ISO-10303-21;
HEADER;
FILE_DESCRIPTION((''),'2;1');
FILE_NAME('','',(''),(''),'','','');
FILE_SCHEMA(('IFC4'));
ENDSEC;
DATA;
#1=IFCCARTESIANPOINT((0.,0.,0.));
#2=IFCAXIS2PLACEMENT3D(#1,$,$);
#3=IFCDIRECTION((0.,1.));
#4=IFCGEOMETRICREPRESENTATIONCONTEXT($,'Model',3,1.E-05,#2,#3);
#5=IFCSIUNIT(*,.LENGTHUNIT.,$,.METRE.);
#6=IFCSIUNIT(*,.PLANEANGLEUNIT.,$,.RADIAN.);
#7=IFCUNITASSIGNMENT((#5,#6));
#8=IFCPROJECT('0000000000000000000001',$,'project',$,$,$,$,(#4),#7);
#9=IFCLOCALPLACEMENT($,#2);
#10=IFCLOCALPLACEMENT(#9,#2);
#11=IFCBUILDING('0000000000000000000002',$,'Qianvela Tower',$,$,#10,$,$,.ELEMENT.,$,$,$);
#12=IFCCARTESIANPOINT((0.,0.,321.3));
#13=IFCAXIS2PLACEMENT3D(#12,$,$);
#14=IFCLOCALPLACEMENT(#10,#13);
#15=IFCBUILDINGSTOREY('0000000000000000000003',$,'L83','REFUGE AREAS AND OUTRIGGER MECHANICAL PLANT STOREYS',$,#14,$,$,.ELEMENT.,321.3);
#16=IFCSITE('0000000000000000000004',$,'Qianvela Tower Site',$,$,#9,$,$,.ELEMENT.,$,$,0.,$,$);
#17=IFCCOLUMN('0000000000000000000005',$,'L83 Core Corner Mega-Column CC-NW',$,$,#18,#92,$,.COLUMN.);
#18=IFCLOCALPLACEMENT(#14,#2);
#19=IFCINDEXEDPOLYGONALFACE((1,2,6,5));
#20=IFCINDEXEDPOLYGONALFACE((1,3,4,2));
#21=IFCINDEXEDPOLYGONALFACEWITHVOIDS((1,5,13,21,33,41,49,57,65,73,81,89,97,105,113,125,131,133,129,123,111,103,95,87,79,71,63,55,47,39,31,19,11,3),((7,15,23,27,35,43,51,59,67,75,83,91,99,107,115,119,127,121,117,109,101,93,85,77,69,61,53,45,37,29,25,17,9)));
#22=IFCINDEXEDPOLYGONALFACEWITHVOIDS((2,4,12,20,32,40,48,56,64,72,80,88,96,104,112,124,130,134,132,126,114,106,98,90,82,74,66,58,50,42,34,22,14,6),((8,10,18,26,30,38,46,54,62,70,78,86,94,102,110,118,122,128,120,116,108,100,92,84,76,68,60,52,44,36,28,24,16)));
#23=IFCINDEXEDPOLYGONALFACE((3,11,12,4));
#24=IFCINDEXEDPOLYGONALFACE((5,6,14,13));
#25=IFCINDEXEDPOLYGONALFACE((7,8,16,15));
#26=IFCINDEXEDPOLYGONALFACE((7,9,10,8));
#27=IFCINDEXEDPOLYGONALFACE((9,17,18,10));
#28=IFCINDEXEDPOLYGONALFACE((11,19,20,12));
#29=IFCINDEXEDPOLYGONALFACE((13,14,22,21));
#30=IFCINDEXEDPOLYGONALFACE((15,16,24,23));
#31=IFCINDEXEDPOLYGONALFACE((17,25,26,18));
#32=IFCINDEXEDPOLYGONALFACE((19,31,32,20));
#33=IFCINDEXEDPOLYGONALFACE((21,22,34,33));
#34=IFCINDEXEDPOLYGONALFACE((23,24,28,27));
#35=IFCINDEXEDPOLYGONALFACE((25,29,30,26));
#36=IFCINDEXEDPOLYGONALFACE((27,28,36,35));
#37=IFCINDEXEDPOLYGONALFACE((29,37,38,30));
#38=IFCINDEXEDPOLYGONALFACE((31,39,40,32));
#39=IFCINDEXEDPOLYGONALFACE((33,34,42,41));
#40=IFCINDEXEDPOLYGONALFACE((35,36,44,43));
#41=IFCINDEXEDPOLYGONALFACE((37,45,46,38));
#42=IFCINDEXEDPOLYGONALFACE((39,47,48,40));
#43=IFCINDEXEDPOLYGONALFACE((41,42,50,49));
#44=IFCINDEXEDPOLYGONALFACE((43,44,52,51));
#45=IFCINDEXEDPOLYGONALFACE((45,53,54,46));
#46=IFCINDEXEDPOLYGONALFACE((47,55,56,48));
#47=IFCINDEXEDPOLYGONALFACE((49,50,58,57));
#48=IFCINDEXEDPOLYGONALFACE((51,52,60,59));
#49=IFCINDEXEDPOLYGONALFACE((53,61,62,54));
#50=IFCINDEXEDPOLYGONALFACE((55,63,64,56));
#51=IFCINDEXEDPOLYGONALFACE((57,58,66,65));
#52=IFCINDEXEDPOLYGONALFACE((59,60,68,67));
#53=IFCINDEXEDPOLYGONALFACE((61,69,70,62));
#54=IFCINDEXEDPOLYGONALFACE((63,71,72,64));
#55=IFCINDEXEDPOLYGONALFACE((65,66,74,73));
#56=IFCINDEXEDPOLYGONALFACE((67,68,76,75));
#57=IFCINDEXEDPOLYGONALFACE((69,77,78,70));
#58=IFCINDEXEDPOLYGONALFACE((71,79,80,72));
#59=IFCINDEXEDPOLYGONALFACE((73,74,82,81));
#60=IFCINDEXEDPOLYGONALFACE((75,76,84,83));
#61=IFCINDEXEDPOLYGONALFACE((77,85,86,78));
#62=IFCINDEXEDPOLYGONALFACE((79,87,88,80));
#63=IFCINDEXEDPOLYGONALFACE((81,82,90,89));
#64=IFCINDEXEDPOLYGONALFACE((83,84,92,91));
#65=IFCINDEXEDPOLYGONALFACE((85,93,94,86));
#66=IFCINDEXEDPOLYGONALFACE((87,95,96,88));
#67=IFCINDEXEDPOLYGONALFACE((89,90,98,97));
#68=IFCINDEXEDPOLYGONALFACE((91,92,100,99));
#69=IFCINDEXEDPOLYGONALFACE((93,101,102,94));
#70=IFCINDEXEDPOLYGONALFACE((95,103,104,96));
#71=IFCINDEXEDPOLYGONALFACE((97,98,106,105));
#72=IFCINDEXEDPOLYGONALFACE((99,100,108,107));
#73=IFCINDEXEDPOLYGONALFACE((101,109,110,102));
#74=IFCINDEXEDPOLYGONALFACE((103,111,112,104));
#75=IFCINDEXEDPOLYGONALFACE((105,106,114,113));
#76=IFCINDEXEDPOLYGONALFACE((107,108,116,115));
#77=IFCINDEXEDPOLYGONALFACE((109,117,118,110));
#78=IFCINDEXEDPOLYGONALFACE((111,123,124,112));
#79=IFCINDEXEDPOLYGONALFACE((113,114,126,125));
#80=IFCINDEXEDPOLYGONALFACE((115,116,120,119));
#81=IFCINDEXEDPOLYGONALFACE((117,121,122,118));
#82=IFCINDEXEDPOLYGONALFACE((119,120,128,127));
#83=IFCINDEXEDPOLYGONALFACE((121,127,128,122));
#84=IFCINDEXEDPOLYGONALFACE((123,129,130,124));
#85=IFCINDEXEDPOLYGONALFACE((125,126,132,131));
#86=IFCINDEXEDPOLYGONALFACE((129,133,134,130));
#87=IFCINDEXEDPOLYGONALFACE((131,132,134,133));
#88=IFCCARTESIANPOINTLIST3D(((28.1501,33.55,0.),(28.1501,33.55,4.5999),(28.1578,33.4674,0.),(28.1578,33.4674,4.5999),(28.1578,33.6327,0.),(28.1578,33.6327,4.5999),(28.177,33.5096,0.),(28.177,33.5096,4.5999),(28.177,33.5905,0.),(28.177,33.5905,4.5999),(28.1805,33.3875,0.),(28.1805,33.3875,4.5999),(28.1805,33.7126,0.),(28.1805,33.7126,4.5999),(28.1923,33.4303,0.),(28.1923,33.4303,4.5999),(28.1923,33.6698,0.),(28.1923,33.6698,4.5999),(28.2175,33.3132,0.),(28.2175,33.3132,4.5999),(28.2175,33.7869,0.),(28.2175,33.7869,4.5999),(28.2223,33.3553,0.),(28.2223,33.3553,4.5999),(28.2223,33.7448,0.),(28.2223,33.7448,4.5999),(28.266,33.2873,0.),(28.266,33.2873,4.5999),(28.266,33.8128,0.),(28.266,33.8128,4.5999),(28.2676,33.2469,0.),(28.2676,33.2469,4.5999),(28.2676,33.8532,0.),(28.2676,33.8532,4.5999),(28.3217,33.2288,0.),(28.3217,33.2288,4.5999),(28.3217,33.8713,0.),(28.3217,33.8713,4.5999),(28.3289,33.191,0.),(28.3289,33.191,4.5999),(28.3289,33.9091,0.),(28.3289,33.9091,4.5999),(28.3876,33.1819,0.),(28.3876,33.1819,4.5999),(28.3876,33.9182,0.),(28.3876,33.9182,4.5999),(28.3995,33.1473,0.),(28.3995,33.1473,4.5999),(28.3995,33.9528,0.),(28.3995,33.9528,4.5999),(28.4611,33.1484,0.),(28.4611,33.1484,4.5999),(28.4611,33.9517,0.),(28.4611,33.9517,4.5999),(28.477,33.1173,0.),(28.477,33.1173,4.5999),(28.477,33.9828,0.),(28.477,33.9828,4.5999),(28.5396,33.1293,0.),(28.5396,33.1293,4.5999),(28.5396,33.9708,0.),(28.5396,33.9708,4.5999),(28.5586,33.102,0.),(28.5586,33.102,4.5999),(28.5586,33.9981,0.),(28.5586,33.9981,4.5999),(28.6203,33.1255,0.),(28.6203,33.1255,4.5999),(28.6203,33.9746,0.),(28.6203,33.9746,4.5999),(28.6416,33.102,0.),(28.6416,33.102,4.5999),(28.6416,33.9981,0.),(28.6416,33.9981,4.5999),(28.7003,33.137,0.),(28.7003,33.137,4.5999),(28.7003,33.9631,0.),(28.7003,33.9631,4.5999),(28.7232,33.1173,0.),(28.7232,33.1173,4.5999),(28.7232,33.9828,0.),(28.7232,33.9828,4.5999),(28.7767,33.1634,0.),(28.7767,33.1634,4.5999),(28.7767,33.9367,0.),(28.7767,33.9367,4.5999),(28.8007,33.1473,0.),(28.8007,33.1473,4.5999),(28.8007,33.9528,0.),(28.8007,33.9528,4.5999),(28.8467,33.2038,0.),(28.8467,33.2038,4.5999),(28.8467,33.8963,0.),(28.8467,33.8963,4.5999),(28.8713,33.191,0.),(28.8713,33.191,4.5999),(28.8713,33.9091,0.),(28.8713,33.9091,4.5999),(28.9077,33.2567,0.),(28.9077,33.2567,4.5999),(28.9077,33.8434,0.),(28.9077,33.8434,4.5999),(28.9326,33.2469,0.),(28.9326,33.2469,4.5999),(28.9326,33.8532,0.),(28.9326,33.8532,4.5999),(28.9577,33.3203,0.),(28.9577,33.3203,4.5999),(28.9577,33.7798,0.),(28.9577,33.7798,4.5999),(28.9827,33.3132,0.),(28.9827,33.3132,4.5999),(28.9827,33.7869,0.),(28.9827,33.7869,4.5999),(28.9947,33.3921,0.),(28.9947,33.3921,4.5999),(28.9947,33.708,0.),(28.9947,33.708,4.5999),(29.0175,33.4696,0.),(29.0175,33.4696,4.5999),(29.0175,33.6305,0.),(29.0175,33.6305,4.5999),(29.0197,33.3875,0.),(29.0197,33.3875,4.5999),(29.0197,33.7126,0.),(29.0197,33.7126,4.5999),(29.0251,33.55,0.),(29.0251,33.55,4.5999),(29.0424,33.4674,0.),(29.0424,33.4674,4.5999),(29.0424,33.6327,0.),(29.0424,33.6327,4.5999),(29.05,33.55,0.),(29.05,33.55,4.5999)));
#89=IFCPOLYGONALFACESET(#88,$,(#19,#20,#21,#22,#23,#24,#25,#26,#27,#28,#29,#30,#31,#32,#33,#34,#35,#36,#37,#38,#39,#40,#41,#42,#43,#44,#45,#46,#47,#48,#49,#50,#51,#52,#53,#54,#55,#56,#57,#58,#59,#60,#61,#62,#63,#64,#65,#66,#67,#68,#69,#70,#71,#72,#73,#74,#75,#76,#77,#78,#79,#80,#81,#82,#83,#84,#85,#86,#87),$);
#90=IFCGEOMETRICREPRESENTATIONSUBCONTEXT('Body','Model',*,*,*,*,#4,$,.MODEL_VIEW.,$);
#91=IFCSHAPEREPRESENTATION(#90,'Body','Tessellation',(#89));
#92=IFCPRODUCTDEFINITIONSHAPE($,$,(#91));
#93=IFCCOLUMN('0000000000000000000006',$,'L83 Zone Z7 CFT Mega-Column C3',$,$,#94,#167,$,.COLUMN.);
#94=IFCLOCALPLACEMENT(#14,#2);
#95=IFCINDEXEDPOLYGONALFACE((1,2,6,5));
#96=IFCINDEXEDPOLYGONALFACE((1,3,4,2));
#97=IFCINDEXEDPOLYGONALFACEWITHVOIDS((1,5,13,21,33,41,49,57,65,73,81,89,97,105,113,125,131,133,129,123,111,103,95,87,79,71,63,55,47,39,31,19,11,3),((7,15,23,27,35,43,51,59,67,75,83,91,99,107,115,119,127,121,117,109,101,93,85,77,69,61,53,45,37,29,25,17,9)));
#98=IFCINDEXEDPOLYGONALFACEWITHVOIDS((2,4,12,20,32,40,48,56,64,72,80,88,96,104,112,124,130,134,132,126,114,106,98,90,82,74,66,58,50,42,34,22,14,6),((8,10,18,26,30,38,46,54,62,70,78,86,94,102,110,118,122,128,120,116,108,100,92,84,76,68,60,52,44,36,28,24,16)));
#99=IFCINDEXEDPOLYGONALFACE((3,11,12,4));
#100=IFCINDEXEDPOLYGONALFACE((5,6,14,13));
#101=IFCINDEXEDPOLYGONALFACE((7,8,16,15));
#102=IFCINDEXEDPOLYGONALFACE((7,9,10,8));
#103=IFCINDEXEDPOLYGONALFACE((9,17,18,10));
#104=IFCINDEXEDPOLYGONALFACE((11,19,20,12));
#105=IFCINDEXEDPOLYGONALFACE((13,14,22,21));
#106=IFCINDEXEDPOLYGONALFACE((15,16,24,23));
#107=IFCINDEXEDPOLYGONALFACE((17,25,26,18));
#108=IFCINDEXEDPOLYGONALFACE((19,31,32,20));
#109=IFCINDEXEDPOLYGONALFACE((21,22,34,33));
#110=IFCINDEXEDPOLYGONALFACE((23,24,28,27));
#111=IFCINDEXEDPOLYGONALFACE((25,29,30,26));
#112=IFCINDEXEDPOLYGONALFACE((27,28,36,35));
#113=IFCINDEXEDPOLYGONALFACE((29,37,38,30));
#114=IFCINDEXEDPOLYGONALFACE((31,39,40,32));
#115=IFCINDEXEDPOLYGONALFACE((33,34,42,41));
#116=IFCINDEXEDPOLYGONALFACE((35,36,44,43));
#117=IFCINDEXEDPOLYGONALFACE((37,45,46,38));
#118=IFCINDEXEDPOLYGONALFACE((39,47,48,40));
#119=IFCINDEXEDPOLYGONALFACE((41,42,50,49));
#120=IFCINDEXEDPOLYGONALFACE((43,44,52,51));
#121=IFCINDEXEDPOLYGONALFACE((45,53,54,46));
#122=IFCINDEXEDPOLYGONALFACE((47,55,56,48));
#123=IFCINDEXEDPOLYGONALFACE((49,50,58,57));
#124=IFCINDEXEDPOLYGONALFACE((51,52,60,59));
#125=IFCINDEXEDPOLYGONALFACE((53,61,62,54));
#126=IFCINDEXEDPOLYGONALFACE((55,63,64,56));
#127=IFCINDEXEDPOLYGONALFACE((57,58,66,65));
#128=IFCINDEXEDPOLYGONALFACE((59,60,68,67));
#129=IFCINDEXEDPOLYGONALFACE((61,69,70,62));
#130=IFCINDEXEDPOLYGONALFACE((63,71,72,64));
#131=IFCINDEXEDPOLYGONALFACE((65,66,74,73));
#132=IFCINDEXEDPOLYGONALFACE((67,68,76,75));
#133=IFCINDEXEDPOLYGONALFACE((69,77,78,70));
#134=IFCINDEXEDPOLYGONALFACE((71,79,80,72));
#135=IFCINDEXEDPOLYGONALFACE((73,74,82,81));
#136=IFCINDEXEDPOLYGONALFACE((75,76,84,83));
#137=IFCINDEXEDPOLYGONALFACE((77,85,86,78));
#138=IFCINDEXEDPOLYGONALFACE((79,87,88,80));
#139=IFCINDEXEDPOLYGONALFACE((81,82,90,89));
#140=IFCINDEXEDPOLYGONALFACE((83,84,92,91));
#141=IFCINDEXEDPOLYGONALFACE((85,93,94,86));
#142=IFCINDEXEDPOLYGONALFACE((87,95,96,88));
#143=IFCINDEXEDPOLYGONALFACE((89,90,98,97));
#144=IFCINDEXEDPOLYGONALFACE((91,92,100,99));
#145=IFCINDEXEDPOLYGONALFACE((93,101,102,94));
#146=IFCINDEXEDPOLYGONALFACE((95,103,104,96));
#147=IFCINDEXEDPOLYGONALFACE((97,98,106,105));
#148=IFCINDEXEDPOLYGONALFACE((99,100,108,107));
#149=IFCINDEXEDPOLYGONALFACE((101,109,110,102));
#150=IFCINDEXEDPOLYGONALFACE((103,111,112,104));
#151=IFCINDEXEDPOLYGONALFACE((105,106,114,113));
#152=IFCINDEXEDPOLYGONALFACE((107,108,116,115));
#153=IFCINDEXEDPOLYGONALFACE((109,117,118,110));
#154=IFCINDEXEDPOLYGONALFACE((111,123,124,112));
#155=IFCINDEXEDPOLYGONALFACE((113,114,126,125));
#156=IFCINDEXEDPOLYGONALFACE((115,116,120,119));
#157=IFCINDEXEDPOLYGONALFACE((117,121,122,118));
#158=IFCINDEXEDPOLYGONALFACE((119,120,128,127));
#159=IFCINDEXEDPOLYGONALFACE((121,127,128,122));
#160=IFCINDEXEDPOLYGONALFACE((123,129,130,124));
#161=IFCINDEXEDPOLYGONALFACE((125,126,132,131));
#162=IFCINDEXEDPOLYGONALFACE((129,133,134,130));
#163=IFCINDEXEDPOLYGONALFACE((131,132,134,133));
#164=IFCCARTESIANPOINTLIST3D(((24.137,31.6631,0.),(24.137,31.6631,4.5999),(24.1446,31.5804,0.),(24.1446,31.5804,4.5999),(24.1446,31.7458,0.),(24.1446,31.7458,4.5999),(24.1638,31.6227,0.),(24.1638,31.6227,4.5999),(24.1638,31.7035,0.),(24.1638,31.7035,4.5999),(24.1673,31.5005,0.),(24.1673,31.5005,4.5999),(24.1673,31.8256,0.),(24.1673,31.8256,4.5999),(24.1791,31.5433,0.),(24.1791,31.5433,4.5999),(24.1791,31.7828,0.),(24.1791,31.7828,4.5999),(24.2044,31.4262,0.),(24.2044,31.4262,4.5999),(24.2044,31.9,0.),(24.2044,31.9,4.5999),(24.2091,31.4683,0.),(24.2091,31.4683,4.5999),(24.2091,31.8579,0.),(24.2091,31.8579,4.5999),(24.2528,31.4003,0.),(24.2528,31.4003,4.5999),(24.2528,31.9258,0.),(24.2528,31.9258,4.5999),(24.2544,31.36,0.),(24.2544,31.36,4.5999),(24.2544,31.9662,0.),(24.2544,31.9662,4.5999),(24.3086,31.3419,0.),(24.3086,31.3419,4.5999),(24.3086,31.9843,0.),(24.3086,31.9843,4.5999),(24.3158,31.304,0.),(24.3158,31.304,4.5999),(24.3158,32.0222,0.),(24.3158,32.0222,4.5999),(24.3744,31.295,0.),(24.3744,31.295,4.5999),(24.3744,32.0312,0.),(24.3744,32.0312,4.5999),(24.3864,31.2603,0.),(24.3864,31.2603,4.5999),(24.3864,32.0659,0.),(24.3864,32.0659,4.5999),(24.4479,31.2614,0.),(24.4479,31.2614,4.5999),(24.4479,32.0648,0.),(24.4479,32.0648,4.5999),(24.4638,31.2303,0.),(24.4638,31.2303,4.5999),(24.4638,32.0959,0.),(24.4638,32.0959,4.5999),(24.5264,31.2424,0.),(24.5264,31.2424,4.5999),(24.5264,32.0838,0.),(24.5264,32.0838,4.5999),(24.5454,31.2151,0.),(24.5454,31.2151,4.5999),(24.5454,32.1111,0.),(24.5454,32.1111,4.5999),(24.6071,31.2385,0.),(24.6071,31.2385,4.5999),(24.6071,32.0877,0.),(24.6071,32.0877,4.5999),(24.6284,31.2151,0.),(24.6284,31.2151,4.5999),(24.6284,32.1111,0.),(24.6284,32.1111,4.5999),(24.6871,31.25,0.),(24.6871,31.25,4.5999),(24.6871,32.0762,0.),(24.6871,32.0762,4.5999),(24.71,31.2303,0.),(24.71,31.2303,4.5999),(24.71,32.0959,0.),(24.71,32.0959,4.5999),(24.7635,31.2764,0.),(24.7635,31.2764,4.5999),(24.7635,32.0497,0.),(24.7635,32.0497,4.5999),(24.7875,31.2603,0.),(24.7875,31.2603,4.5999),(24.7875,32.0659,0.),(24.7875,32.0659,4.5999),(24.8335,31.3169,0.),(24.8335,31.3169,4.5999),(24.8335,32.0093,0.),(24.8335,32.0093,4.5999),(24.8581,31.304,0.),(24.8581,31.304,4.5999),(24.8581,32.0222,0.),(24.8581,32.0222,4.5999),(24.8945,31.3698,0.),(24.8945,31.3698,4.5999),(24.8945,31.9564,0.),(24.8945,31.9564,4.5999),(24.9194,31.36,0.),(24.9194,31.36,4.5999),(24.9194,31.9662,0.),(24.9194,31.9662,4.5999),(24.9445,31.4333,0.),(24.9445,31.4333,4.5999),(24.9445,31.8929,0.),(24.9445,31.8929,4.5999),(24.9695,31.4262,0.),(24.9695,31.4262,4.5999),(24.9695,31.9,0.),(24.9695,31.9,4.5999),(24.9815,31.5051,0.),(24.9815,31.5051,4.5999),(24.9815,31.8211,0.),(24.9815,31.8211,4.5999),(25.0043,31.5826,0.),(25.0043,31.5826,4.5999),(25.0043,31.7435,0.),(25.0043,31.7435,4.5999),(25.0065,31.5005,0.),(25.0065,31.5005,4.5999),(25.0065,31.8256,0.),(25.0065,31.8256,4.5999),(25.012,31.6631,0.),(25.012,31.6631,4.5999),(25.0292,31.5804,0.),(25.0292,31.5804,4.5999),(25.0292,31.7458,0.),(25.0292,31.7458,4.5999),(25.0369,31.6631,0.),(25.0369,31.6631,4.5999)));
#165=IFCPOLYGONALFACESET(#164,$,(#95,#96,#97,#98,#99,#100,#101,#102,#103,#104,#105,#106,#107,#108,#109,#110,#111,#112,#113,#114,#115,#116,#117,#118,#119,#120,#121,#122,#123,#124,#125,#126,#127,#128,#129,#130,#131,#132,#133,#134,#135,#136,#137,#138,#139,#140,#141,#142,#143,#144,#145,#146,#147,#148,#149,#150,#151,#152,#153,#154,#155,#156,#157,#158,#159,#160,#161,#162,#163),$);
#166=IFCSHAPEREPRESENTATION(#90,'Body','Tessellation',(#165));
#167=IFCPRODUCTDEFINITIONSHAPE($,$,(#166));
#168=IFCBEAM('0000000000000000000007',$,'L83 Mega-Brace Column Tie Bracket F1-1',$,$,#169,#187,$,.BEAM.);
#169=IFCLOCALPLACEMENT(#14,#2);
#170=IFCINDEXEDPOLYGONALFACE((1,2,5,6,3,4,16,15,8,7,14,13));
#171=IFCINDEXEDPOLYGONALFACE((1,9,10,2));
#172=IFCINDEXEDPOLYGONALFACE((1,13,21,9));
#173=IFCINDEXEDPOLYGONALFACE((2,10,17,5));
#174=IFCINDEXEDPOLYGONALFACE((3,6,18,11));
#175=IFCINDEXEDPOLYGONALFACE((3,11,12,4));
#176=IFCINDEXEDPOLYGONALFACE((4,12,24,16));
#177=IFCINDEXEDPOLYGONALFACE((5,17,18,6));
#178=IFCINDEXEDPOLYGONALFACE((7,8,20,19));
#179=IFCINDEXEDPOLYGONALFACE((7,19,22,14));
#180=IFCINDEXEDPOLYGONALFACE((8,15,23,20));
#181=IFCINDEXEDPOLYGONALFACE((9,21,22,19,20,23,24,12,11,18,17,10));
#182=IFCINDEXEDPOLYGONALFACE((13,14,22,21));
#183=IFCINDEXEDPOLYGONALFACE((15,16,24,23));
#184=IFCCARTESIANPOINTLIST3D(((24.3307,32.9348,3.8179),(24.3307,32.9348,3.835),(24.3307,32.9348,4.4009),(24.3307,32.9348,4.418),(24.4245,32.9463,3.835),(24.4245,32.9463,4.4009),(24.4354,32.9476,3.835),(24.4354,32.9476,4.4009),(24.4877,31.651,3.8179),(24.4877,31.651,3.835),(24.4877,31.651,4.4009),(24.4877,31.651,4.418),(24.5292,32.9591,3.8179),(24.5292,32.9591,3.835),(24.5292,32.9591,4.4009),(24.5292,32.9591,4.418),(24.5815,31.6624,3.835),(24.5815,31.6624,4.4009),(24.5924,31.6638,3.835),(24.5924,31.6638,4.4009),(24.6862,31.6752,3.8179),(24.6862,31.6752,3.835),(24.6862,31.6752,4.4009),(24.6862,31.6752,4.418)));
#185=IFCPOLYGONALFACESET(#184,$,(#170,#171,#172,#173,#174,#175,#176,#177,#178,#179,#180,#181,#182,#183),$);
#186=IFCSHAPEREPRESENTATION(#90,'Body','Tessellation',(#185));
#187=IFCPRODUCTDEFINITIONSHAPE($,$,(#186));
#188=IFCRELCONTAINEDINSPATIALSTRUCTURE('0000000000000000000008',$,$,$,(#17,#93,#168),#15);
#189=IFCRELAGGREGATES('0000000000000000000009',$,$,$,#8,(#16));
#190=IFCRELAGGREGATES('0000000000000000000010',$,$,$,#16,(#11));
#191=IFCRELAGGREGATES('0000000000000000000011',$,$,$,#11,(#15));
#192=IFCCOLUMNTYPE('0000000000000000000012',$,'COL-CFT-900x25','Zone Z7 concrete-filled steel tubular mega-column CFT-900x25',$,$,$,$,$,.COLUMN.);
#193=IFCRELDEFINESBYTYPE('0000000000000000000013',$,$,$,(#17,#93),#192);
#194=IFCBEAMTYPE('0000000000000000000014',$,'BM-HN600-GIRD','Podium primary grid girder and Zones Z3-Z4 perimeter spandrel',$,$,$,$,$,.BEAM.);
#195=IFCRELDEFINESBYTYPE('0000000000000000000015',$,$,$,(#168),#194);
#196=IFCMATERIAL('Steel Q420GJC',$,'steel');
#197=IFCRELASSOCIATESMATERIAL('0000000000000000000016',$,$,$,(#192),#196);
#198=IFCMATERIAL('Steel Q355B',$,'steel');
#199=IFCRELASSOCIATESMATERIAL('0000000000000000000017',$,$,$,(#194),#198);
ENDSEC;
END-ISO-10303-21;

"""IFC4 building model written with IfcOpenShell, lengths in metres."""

from ifc_helpers import new_model, si_unit, direction, frame, origin, origin_2d, place, context, subcontext, project, spatial, hollow_circle, i_section, extrude, material, material_profile, profile_set, type_object, element, save


model = new_model("IFC4")

# Units and contexts
model_context = context("Model", 3, precision=1e-05, world=origin(), true_north=direction((0.0, 1.0)))
body_context = subcontext(model_context, "Body", "Model", "MODEL_VIEW")
ifc_project = project(units=[si_unit("LENGTHUNIT", "METRE"), si_unit("PLANEANGLEUNIT", "RADIAN")], contexts=[model_context])

# Site, building, storey
site_placement = place(None, origin())
site = spatial("IfcSite", under=ifc_project, at=site_placement, Name="Qianvela Tower Site", CompositionType="ELEMENT", RefElevation=0.0)
building_placement = place(site_placement, origin())
building = spatial("IfcBuilding", under=site, at=building_placement, Name="Qianvela Tower", CompositionType="ELEMENT")
storey_placement = place(building_placement, frame((0.0, 0.0, 321.3)))
storey = spatial("IfcBuildingStorey", under=building, at=storey_placement, Name="L83", Description="REFUGE AREAS AND OUTRIGGER MECHANICAL PLANT STOREYS", CompositionType="ELEMENT", Elevation=321.3)

# Columns
ifc_material_1 = material(Name="Steel Q420GJC", Category="steel")
ifc_material_profile_1 = material_profile(ifc_material_1, hollow_circle(Radius=0.45, WallThickness=0.0249, at=origin_2d()), Name="CFT-900x25")
ifc_profile_set_1 = profile_set([ifc_material_profile_1], Name="Steel Q420GJC")
column_type = type_object("IfcColumnType", Name="COL-CFT-900x25", Description="Zone Z7 concrete-filled steel tubular mega-column CFT-900x25", PredefinedType="COLUMN", material=ifc_profile_set_1)
for number, where, z_axis, x_axis, name in (
    (1, (28.6001, 33.55, 0.0), (0.0, 0.0, 1.0), (1.0, 0.0, 0.0), "L83 Core Corner Mega-Column CC-NW"),
    (2, (24.5869, 31.6631, 0.0), (0.0, 0.0, 1.0), (1.0, 0.0, 0.0), "L83 Zone Z7 CFT Mega-Column C3"),
):
    element("IfcColumn", number, at=place(storey_placement, frame(where, z_axis=z_axis, x_axis=x_axis)), inside=storey, type_object=column_type, Name=name, PredefinedType="COLUMN", context=body_context, shape_type="SweptSolid", body=[
        extrude(hollow_circle(Radius=0.45, WallThickness=0.0249, at=origin_2d()), origin(), (0.0, 0.0, 1.0), 4.5999),
    ])

# Beam
ifc_material_2 = material(Name="Steel Q355B", Category="steel")
ifc_material_profile_2 = material_profile(ifc_material_2, i_section(OverallWidth=0.2, OverallDepth=0.6001, WebThickness=0.011, FlangeThickness=0.0171, at=origin_2d()), Name="HN600x200x11x17")
ifc_profile_set_2 = profile_set([ifc_material_profile_2], Name="Steel Q355B")
beam_type_1 = type_object("IfcBeamType", Name="BM-HN600-GIRD", Description="Podium primary grid girder and Zones Z3-Z4 perimeter spandrel", PredefinedType="BEAM", material=ifc_profile_set_2)
beam_1_placement = place(storey_placement, frame((24.5869, 31.6631, 4.1179), z_axis=(-0.121363, 0.992608, 0.0), x_axis=(-0.992608, -0.121363, 0.0)))
element("IfcBeam", 3, at=beam_1_placement, inside=storey, type_object=beam_type_1, Name="L83 Mega-Brace Column Tie Bracket F1-1", PredefinedType="BEAM", context=body_context, shape_type="SweptSolid", body=[
    extrude(i_section(OverallWidth=0.2, OverallDepth=0.6001, WebThickness=0.011, FlangeThickness=0.0171, at=origin_2d()), origin(), (0.0, 0.0, 1.0), 1.2935),
])

save(model, "model.ifc")
